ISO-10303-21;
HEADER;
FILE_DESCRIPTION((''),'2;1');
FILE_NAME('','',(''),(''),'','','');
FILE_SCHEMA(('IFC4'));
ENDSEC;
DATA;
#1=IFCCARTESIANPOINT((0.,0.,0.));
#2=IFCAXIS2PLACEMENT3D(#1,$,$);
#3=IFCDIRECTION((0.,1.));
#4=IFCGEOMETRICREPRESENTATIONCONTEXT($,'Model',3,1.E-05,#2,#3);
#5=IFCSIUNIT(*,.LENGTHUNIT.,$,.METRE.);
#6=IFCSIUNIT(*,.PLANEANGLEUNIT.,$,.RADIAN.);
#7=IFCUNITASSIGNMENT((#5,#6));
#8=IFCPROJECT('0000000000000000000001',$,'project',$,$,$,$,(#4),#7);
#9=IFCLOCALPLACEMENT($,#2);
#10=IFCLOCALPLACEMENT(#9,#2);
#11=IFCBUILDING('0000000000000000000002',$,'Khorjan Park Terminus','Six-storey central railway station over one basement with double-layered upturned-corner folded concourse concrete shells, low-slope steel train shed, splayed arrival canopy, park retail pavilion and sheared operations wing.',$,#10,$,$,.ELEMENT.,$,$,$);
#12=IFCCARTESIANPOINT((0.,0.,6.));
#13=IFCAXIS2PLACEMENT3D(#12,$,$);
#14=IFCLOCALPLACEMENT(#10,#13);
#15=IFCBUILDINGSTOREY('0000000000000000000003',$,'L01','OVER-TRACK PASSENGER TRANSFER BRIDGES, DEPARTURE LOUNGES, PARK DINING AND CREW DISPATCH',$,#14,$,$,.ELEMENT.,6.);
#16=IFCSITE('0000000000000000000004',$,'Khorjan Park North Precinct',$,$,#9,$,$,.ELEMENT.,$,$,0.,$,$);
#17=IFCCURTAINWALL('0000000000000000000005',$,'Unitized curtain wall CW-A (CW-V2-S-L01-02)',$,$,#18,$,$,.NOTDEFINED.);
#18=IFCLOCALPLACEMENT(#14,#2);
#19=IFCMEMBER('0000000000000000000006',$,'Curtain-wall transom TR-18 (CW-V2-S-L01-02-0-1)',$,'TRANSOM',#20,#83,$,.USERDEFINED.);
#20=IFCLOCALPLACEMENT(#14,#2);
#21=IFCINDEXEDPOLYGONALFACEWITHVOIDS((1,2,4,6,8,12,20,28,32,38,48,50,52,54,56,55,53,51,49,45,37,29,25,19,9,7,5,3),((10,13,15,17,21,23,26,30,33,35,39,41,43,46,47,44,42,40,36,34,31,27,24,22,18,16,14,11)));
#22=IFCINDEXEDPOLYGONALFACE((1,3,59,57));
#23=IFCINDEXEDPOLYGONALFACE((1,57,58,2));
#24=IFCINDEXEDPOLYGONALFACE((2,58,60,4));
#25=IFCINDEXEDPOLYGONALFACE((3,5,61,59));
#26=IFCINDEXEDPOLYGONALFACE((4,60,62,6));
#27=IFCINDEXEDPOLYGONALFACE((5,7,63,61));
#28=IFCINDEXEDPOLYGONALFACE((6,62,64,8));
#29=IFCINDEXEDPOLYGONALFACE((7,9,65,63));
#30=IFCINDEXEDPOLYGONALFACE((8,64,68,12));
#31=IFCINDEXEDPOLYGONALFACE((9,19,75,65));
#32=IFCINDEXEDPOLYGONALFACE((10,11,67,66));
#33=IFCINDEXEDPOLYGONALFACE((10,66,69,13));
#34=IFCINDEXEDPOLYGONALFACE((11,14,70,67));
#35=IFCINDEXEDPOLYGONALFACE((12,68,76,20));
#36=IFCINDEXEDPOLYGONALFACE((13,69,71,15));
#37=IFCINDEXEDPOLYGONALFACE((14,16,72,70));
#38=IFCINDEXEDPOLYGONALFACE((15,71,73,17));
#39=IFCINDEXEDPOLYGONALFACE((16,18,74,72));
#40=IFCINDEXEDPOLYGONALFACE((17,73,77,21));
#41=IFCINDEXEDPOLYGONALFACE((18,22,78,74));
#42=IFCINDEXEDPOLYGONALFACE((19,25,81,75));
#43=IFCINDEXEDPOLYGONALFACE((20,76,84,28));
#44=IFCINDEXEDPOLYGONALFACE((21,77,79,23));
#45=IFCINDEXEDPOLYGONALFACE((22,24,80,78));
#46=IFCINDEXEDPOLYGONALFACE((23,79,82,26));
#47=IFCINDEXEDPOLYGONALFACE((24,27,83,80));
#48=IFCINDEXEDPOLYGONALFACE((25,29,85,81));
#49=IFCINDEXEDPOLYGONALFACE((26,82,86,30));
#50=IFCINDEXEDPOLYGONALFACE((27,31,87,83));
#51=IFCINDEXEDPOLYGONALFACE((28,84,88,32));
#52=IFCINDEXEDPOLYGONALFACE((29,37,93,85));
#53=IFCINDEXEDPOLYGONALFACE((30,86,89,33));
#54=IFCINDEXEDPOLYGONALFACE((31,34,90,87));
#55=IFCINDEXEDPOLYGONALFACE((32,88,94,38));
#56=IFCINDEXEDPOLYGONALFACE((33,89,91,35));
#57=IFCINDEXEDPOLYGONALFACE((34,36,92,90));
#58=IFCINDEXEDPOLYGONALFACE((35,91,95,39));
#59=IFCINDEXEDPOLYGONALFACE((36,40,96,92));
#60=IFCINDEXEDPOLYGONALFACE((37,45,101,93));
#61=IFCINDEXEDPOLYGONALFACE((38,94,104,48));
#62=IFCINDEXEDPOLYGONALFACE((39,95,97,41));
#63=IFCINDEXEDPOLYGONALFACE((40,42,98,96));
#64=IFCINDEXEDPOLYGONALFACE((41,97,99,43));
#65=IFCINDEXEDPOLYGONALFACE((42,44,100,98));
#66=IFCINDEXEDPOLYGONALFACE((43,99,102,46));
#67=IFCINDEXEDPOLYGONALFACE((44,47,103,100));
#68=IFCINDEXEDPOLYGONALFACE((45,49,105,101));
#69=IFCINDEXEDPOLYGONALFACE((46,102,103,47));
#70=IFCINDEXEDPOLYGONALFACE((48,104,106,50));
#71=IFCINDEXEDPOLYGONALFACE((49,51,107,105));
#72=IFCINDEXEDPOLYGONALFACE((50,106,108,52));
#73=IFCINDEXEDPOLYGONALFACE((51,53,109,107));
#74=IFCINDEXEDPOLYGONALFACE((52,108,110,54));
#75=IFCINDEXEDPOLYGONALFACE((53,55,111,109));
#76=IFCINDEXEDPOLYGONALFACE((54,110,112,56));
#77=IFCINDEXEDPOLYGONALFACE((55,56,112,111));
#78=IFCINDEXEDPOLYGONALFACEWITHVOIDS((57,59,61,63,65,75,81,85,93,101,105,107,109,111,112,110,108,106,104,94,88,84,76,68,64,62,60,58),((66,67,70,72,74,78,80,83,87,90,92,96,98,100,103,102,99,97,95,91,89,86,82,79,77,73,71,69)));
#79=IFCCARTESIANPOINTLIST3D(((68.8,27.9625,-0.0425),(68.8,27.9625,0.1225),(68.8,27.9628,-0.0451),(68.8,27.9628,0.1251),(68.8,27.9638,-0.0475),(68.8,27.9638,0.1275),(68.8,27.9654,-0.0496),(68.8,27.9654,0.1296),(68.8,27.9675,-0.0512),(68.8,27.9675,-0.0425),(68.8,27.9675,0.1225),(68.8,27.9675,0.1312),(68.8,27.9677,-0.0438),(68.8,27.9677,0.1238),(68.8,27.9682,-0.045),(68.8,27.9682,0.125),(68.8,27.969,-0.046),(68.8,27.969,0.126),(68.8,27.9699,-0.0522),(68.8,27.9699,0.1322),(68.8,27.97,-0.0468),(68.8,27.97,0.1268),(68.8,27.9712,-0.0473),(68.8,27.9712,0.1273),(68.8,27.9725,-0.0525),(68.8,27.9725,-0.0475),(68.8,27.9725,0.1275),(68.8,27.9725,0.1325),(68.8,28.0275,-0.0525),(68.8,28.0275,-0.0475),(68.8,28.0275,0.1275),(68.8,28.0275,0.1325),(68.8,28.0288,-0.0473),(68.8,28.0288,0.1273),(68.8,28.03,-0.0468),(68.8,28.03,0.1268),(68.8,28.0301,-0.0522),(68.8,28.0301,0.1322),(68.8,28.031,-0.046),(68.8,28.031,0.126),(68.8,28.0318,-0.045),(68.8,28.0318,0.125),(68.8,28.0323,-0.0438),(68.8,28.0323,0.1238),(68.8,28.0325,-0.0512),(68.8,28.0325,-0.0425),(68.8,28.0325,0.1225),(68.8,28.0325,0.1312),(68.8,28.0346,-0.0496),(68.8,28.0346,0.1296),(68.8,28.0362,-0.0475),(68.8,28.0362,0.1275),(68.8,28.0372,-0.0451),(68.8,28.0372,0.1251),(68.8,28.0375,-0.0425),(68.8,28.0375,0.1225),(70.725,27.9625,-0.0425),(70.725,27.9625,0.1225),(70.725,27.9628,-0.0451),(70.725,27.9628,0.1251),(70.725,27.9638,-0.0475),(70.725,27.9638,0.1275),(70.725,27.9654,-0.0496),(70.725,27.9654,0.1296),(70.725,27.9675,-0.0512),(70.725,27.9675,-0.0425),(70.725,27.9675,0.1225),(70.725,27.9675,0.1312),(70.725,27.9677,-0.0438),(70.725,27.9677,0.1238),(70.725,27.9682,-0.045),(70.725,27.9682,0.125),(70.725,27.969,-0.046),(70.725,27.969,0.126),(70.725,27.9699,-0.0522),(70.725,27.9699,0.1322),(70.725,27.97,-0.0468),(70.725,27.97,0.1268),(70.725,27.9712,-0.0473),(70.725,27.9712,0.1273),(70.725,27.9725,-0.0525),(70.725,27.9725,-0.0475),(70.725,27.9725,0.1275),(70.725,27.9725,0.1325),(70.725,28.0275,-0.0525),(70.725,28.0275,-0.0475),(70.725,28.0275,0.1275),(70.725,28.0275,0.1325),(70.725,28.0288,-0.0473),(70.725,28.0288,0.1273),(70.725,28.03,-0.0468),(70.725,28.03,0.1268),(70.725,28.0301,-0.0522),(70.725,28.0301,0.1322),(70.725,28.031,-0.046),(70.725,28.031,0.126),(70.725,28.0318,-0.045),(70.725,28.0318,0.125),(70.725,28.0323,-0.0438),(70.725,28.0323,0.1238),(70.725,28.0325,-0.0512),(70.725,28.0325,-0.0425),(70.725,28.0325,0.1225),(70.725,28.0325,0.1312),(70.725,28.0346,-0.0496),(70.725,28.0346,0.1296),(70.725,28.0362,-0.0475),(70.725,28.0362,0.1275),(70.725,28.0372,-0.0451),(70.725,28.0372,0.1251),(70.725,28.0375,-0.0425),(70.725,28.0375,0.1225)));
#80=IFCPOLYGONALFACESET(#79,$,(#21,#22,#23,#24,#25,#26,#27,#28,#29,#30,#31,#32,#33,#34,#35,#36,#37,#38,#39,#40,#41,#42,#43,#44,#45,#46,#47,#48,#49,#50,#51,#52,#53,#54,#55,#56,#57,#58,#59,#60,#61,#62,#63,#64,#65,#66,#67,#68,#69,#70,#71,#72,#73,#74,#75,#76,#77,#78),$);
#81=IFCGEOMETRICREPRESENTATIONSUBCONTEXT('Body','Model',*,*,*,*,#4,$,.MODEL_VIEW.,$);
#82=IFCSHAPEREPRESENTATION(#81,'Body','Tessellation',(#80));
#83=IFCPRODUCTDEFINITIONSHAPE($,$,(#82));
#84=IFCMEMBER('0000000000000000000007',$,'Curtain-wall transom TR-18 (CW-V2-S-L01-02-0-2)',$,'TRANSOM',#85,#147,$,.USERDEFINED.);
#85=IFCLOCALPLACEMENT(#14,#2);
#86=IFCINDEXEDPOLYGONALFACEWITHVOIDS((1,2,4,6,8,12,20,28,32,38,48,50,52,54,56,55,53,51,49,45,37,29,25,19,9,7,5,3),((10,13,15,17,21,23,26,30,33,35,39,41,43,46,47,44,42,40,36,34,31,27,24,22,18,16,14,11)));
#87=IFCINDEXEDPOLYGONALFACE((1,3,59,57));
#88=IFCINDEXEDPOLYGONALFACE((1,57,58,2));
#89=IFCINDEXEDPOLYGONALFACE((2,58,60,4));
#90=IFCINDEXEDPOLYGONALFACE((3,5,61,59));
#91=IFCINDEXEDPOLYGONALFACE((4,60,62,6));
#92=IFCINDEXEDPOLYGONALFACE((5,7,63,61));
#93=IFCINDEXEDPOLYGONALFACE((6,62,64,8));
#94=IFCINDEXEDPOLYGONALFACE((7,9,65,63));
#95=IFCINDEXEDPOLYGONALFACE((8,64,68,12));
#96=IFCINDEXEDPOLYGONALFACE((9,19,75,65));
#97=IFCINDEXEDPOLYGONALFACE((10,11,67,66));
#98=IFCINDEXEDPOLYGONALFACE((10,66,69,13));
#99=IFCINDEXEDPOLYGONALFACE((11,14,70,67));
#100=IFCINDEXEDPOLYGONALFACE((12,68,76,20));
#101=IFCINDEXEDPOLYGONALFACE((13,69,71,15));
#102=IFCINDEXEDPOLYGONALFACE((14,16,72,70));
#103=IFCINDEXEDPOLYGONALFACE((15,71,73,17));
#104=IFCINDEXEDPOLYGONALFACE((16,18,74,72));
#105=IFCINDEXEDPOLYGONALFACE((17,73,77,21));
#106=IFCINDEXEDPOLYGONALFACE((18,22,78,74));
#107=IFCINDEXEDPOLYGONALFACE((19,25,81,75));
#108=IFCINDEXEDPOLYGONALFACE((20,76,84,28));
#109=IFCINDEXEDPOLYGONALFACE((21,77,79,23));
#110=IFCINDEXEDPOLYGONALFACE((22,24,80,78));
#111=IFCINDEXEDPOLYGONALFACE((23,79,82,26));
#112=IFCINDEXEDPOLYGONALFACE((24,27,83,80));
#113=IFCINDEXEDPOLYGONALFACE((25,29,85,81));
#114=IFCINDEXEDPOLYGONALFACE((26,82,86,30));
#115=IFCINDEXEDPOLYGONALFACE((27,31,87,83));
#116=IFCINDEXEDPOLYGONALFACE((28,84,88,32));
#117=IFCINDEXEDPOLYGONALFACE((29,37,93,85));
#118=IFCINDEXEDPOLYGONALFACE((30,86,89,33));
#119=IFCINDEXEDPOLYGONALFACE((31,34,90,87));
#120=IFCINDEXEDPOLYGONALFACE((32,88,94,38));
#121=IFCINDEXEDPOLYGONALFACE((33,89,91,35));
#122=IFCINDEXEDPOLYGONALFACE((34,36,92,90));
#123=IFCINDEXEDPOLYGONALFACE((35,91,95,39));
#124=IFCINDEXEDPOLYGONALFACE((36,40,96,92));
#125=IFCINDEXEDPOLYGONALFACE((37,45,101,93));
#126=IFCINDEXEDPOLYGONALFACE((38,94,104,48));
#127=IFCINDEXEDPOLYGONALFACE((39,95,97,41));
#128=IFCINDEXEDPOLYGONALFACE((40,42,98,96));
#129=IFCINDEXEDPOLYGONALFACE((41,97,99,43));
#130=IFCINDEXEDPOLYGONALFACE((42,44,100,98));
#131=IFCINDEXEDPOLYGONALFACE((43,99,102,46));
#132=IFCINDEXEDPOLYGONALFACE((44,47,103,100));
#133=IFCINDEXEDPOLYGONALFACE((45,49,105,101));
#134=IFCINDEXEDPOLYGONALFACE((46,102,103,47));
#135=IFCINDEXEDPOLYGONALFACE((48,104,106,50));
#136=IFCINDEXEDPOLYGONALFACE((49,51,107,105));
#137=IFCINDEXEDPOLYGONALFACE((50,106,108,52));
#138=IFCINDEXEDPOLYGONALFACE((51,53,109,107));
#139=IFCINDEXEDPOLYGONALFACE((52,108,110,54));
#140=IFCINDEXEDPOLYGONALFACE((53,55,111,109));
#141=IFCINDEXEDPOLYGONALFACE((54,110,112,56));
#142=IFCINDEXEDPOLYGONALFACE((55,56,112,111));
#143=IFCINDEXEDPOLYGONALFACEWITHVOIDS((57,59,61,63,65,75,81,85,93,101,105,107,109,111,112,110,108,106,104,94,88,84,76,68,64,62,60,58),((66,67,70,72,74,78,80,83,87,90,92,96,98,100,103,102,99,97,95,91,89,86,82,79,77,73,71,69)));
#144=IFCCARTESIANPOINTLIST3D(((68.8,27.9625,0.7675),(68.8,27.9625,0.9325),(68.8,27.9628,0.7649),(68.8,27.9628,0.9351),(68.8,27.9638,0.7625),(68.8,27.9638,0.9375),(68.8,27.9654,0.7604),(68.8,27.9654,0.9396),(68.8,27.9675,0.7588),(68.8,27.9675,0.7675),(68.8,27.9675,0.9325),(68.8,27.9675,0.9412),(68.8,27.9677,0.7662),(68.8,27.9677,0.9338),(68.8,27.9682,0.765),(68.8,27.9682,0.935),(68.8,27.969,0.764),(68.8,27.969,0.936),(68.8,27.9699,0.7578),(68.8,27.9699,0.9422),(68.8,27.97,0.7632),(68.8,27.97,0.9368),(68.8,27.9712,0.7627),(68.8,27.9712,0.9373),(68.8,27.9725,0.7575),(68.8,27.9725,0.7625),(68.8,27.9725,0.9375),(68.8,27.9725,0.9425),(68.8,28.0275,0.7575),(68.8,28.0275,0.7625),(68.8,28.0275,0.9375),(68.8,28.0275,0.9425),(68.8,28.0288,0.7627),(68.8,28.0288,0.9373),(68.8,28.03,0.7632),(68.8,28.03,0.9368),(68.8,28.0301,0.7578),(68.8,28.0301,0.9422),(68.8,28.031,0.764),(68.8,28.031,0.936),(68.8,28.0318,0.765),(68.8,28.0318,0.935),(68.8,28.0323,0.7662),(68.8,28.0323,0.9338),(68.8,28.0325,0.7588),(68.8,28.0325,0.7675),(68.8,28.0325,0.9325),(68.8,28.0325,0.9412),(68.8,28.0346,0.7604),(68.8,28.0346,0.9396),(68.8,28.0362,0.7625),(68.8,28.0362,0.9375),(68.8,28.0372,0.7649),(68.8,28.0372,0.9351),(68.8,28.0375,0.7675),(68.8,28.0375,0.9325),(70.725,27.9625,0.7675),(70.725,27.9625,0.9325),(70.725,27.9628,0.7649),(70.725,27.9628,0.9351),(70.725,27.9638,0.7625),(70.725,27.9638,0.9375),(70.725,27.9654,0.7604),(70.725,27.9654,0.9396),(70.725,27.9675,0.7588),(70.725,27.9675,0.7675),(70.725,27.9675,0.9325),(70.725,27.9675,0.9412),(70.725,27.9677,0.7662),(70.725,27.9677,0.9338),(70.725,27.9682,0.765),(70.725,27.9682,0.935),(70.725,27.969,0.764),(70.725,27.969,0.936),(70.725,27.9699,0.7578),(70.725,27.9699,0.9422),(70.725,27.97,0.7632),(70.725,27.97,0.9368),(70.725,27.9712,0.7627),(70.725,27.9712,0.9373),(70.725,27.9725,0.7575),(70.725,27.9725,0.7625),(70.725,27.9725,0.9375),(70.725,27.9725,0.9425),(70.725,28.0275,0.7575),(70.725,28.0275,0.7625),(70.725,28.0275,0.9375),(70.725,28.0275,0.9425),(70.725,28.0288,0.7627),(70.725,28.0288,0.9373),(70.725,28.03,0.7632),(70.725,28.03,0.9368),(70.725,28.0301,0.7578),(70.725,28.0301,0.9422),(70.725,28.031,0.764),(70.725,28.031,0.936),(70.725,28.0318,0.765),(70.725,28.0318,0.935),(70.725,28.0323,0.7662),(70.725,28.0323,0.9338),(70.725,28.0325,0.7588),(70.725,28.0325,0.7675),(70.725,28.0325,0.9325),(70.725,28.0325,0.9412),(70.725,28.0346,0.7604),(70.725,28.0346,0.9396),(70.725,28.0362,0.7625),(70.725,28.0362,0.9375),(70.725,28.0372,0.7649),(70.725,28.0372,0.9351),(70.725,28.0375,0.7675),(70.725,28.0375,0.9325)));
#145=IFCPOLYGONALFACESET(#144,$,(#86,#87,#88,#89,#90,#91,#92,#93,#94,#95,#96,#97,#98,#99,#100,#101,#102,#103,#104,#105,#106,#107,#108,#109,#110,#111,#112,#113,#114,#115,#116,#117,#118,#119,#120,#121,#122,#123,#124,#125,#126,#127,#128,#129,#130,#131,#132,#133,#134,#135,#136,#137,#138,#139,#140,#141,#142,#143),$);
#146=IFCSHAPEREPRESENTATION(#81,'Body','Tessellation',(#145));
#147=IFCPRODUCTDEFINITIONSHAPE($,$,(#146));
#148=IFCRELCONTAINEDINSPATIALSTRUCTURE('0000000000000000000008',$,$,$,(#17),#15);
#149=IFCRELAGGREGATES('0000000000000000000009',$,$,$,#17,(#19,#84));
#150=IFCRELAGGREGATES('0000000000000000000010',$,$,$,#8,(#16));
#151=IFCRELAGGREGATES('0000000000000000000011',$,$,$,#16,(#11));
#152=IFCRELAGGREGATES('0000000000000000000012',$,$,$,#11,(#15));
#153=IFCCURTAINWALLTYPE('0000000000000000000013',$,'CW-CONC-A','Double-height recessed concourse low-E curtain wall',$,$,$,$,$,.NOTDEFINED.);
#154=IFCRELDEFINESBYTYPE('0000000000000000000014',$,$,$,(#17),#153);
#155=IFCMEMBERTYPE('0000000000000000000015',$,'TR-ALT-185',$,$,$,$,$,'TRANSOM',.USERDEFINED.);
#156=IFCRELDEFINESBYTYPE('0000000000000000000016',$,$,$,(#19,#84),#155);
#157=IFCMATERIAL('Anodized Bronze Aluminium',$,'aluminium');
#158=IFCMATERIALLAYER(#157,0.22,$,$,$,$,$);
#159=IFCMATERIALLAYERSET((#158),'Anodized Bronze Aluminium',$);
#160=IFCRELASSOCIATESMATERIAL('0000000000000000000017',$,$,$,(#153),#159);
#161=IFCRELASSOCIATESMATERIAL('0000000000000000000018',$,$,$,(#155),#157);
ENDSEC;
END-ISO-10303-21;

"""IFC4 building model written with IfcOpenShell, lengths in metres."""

from ifc_helpers import new_model, si_unit, direction, frame, origin, origin_2d, place, context, subcontext, project, spatial, hollow_rectangle, extrude, material, layer, layer_set, material_profile, profile_set, type_object, element, aggregate, save


model = new_model("IFC4")

# Units and contexts
model_context = context("Model", 3, precision=1e-05, world=origin(), true_north=direction((0.0, 1.0)))
body_context = subcontext(model_context, "Body", "Model", "MODEL_VIEW")
ifc_project = project(units=[si_unit("LENGTHUNIT", "METRE"), si_unit("PLANEANGLEUNIT", "RADIAN")], contexts=[model_context])

# Site, building, storey
site_placement = place(None, origin())
site = spatial("IfcSite", under=ifc_project, at=site_placement, Name="Khorjan Park North Precinct", CompositionType="ELEMENT", RefElevation=0.0)
building_placement = place(site_placement, origin())
building = spatial("IfcBuilding", under=site, at=building_placement, Name="Khorjan Park Terminus", Description="Six-storey central railway station over one basement with double-layered upturned-corner folded concourse concrete shells, low-slope steel train shed, splayed arrival canopy, park retail pavilion and sheared operations wing.", CompositionType="ELEMENT")
storey_placement = place(building_placement, frame((0.0, 0.0, 6.0)))
storey = spatial("IfcBuildingStorey", under=building, at=storey_placement, Name="L01", Description="OVER-TRACK PASSENGER TRANSFER BRIDGES, DEPARTURE LOUNGES, PARK DINING AND CREW DISPATCH", CompositionType="ELEMENT", Elevation=6.0)

# Curtain wall
ifc_material_1 = material(Name="Anodized Bronze Aluminium", Category="aluminium")
ifc_layer_1 = layer(ifc_material_1, 0.22)
ifc_layer_set_1 = layer_set([ifc_layer_1], Name="Anodized Bronze Aluminium")
curtain_wall_type = type_object("IfcCurtainWallType", Name="CW-CONC-A", Description="Double-height recessed concourse low-E curtain wall", PredefinedType="NOTDEFINED", material=ifc_layer_set_1)
curtain_wall_1_placement = place(storey_placement, origin())
curtain_wall_1 = element("IfcCurtainWall", 1, at=curtain_wall_1_placement, inside=storey, type_object=curtain_wall_type, Name="Unitized curtain wall CW-A (CW-V2-S-L01-02)", PredefinedType="NOTDEFINED")

# Members
ifc_material_profile_1 = material_profile(ifc_material_1, hollow_rectangle(XDim=0.075, YDim=0.185, WallThickness=0.005, InnerFilletRadius=0.005, OuterFilletRadius=0.01, at=origin_2d()), Name="ALT 75x185x5")
ifc_profile_set_1 = profile_set([ifc_material_profile_1], Name="Anodized Bronze Aluminium")
member_type_1 = type_object("IfcMemberType", Name="TR-ALT-185", ElementType="TRANSOM", PredefinedType="USERDEFINED", material=ifc_profile_set_1)
member_1_placement = place(storey_placement, frame((68.8, 28.0, 0.04), z_axis=(1.0, 0.0, 0.0), x_axis=(0.0, 1.0, 0.0)))
member_1 = element("IfcMember", 2, at=member_1_placement, type_object=member_type_1, Name="Curtain-wall transom TR-18 (CW-V2-S-L01-02-0-1)", ObjectType="TRANSOM", PredefinedType="USERDEFINED", context=body_context, shape_type="SweptSolid", body=[
    extrude(hollow_rectangle(XDim=0.075, YDim=0.185, WallThickness=0.005, InnerFilletRadius=0.005, OuterFilletRadius=0.01, at=origin_2d()), origin(), (0.0, 0.0, 1.0), 1.925),
])
member_2_placement = place(storey_placement, frame((68.8, 28.0, 0.85), z_axis=(1.0, 0.0, 0.0), x_axis=(0.0, 1.0, 0.0)))
member_2 = element("IfcMember", 3, at=member_2_placement, type_object=member_type_1, Name="Curtain-wall transom TR-18 (CW-V2-S-L01-02-0-2)", ObjectType="TRANSOM", PredefinedType="USERDEFINED", context=body_context, shape_type="SweptSolid", body=[
    extrude(hollow_rectangle(XDim=0.075, YDim=0.185, WallThickness=0.005, InnerFilletRadius=0.005, OuterFilletRadius=0.01, at=origin_2d()), origin(), (0.0, 0.0, 1.0), 1.925),
])

aggregate(curtain_wall_1, [member_1, member_2])

save(model, "model.ifc")
